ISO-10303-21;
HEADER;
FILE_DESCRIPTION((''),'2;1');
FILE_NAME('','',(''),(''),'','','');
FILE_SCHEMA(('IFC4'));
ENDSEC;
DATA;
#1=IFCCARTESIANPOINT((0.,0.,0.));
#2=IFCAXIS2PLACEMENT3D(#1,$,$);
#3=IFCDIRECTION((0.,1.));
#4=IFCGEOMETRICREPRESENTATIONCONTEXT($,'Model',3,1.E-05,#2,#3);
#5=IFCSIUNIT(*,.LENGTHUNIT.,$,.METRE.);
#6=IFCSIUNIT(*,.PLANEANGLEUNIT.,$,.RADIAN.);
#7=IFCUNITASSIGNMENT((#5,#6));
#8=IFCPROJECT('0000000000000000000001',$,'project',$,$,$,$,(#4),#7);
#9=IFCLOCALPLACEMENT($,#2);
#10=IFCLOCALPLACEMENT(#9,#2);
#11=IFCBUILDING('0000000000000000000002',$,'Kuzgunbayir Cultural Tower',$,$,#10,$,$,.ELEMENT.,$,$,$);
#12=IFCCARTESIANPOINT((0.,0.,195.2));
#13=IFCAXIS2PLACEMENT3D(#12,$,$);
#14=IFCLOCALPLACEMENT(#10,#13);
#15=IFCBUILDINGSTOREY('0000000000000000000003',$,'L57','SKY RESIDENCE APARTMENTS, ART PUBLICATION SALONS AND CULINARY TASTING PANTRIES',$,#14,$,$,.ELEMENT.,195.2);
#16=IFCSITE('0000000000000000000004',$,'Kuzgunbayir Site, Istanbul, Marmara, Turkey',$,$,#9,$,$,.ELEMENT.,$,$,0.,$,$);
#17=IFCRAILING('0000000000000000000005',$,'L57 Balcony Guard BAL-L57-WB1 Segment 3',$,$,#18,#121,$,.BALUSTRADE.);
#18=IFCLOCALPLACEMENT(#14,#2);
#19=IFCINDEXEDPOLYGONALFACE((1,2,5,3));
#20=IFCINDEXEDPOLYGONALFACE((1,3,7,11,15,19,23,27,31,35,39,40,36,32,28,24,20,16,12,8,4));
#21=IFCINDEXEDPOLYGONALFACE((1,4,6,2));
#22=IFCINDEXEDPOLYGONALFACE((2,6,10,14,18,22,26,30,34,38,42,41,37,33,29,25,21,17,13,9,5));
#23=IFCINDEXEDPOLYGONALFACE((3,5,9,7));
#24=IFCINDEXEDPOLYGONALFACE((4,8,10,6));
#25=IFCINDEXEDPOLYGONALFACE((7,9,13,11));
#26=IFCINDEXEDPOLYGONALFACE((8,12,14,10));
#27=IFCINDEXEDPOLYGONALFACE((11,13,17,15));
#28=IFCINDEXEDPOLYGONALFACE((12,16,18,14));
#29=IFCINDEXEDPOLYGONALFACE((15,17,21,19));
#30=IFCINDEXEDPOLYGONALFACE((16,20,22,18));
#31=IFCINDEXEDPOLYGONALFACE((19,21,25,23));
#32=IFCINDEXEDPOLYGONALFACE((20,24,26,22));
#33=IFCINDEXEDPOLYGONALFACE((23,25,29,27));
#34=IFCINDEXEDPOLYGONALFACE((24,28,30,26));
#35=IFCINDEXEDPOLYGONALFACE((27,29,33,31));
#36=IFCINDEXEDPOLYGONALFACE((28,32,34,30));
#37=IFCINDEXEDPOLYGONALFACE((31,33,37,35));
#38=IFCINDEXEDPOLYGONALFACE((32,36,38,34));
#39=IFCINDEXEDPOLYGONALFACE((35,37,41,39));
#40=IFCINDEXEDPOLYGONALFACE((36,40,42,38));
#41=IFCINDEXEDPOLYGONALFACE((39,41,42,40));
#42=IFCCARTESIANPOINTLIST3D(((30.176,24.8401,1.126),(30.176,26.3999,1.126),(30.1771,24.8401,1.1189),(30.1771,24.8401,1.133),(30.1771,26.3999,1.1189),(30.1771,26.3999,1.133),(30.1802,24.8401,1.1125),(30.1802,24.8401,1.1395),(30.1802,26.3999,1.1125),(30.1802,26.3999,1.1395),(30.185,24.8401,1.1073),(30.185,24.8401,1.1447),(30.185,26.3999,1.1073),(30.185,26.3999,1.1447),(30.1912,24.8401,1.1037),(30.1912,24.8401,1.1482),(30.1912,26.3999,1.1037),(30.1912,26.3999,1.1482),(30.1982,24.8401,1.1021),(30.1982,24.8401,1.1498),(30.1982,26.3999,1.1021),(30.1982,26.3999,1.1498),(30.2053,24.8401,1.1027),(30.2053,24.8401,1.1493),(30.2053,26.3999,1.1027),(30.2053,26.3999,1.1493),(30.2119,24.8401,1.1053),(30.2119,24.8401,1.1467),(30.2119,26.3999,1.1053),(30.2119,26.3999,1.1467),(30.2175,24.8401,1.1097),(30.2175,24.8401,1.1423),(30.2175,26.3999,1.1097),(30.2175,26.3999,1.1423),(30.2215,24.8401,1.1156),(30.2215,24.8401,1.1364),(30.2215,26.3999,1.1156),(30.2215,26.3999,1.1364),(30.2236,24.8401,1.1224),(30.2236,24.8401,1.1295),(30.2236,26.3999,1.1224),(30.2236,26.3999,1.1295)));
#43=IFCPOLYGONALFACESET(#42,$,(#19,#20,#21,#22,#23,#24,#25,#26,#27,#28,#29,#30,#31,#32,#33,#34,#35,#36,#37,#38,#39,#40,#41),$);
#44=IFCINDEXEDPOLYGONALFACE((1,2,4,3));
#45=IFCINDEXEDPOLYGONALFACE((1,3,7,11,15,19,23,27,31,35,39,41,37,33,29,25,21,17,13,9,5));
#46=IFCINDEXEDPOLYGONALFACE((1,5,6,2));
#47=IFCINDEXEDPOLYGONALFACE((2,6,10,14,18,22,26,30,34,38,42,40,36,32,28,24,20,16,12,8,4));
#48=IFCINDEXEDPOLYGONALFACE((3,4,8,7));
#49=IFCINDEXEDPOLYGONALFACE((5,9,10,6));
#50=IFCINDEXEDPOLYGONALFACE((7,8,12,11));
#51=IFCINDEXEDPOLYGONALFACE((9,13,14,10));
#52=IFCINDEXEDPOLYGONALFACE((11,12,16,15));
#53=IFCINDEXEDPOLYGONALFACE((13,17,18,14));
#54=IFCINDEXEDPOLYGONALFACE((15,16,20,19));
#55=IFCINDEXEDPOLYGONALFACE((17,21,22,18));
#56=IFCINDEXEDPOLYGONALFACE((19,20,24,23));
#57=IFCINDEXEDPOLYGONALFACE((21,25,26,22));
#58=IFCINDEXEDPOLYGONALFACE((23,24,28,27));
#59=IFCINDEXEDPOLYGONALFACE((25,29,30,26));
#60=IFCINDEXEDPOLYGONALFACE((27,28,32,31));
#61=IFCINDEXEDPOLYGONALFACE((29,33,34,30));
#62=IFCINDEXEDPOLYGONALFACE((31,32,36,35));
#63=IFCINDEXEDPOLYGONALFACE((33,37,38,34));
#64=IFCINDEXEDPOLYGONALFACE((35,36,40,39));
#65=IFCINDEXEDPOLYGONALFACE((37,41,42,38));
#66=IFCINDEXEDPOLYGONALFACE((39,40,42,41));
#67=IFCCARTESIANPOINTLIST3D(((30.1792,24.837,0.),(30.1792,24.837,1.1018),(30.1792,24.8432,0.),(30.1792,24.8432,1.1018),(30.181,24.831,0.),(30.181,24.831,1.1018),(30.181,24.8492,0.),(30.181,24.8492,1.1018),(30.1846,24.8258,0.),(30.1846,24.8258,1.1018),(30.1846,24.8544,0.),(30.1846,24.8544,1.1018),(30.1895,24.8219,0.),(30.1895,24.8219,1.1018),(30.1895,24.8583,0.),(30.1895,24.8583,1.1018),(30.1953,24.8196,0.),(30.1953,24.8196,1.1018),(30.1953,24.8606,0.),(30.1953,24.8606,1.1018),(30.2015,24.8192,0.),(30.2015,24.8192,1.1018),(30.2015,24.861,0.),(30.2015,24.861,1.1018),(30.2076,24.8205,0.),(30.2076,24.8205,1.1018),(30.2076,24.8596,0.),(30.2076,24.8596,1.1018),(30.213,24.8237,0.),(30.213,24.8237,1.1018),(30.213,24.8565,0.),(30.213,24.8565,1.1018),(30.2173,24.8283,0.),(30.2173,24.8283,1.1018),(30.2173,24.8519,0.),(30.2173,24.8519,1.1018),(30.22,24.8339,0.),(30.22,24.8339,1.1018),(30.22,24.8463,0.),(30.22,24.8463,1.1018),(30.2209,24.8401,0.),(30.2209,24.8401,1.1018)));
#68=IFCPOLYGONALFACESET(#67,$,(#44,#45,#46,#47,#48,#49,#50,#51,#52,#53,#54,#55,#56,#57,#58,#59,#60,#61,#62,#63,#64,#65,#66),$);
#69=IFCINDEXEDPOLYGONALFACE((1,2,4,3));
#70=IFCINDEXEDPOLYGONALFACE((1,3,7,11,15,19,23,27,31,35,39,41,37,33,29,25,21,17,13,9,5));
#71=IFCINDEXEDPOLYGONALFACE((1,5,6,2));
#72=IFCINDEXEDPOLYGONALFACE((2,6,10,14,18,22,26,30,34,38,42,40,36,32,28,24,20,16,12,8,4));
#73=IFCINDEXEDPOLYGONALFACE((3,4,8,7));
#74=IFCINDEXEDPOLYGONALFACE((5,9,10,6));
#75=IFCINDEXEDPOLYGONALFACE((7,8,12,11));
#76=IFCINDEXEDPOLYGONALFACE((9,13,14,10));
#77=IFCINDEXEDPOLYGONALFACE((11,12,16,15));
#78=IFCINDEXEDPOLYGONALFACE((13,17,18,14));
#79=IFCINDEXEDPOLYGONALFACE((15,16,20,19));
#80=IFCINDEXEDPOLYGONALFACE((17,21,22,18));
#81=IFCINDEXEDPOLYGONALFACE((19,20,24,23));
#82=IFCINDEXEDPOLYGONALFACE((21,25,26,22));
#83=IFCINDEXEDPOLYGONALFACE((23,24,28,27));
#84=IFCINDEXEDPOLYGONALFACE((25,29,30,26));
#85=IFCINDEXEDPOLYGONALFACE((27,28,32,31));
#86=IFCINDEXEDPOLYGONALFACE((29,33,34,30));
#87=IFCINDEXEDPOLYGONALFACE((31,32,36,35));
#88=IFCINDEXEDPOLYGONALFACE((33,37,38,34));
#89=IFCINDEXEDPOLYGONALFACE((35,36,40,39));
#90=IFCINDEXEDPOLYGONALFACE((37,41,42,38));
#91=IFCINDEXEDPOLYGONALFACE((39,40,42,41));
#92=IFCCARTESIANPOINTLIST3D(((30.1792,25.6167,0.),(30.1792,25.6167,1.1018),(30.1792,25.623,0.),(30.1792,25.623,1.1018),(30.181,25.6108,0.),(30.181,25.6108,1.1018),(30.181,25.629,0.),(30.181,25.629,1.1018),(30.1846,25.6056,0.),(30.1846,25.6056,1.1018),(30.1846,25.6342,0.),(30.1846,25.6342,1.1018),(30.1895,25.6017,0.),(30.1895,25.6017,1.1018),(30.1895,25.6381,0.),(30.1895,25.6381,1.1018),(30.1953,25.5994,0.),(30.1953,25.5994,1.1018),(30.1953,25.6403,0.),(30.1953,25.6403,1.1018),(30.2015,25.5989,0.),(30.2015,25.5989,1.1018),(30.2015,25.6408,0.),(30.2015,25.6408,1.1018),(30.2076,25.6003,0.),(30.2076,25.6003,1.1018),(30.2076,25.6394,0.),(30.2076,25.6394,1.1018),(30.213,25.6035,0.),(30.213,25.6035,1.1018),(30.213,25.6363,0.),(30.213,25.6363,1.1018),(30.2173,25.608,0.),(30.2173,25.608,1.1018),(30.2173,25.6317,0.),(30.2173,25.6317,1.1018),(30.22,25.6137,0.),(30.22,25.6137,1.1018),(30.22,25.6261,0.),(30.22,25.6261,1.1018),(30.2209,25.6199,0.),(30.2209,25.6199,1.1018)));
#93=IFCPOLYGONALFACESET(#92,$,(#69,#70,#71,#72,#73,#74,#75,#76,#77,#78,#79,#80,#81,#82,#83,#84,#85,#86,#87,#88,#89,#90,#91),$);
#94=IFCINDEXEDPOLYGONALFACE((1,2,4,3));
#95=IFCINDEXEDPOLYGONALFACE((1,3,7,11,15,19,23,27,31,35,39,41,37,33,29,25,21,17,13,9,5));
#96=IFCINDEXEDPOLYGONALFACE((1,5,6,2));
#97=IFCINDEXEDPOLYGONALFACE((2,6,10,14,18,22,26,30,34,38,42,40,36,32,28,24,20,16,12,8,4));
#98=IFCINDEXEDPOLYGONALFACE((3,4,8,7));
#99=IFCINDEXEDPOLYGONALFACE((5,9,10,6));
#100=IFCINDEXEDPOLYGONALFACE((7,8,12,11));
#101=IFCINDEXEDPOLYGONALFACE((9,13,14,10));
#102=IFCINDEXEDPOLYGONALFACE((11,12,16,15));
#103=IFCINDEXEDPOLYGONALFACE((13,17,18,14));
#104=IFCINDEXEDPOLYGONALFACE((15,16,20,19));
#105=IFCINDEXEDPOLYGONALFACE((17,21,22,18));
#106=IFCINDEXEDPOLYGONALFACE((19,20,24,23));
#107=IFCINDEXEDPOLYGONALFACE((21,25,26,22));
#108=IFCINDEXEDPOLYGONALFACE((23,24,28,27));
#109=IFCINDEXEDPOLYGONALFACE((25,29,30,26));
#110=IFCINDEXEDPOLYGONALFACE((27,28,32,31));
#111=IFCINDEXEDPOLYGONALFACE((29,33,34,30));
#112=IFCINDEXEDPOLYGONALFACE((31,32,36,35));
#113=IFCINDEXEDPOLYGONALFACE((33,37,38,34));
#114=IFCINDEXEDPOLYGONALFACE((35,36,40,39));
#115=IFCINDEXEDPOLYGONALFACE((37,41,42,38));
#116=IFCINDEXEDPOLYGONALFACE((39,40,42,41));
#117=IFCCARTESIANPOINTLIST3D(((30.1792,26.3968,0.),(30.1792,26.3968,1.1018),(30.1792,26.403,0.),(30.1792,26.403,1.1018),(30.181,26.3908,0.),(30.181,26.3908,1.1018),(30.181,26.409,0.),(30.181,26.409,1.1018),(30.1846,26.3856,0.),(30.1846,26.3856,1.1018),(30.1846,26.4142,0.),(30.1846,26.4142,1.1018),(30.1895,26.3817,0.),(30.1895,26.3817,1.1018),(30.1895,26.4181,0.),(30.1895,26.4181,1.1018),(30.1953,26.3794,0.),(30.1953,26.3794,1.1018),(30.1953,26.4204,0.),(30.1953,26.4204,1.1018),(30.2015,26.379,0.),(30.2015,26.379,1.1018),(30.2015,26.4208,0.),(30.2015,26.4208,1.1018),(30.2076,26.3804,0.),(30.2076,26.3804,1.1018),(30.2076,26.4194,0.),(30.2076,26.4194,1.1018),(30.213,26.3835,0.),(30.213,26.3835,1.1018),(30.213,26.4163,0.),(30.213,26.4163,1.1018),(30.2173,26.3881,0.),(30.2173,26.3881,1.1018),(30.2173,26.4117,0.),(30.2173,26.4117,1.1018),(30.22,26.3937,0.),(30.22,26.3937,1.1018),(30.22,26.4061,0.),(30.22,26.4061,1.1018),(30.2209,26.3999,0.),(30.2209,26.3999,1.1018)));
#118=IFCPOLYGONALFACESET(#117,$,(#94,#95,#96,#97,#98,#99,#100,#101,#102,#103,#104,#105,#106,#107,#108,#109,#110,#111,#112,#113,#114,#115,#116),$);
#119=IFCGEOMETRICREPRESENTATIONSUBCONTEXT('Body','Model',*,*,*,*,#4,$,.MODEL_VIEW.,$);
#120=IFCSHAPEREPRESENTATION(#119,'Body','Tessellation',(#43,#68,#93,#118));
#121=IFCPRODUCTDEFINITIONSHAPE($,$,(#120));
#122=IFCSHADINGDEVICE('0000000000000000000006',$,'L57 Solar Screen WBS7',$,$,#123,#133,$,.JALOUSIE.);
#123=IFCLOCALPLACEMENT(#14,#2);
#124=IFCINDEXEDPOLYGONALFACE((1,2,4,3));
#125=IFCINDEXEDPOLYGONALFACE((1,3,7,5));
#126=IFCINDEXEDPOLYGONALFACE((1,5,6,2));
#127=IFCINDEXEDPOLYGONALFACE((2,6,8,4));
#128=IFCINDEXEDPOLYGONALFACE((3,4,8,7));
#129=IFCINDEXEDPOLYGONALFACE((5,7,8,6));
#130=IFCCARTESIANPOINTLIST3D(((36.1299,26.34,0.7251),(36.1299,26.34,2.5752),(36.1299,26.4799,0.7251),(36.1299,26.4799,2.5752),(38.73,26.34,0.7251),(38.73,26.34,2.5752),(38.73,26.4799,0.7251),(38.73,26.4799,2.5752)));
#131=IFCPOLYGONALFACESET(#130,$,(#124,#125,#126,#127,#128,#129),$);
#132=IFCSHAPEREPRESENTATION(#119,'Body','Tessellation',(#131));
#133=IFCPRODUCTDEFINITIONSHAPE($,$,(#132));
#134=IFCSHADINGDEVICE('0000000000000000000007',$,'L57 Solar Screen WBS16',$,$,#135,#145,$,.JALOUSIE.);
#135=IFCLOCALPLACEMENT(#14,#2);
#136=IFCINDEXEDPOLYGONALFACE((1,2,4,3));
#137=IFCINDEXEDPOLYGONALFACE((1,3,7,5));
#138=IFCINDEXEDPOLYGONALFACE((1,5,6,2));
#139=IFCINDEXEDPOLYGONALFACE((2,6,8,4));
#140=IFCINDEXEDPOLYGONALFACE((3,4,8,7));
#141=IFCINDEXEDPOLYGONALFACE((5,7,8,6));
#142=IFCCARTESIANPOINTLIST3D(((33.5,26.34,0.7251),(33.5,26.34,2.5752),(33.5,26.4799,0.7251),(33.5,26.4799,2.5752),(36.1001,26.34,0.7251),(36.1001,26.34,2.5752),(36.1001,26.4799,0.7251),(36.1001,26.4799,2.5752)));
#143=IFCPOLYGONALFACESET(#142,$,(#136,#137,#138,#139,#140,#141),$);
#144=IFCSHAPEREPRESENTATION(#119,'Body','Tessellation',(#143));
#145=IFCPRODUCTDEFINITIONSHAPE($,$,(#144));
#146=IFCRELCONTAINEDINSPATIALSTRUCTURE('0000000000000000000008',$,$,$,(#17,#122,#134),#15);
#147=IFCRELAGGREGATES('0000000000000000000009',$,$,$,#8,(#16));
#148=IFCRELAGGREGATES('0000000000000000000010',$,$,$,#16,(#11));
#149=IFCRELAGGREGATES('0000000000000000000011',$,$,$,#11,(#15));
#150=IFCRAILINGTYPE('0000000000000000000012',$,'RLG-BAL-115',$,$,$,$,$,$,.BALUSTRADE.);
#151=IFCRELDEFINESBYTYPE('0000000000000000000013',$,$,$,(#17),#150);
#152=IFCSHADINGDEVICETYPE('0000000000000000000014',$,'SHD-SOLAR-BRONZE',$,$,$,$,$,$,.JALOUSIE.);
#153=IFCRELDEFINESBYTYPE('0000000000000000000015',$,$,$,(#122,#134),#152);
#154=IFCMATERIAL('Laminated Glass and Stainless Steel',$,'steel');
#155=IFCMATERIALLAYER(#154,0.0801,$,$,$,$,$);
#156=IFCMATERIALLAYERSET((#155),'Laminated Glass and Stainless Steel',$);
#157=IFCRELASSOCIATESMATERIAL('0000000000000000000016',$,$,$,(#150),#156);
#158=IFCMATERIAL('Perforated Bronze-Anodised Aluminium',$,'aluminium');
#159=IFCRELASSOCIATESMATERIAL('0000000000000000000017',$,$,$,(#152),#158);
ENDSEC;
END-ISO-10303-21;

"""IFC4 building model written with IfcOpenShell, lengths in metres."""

from ifc_helpers import new_model, si_unit, direction, frame, origin, origin_2d, place, context, subcontext, project, spatial, rectangle, circle, extrude, material, layer, layer_set, type_object, element, save


model = new_model("IFC4")

# Units and contexts
model_context = context("Model", 3, precision=1e-05, world=origin(), true_north=direction((0.0, 1.0)))
body_context = subcontext(model_context, "Body", "Model", "MODEL_VIEW")
ifc_project = project(units=[si_unit("LENGTHUNIT", "METRE"), si_unit("PLANEANGLEUNIT", "RADIAN")], contexts=[model_context])

# Site, building, storey
site_placement = place(None, origin())
site = spatial("IfcSite", under=ifc_project, at=site_placement, Name="Kuzgunbayir Site, Istanbul, Marmara, Turkey", CompositionType="ELEMENT", RefElevation=0.0)
building_placement = place(site_placement, origin())
building = spatial("IfcBuilding", under=site, at=building_placement, Name="Kuzgunbayir Cultural Tower", CompositionType="ELEMENT")
storey_placement = place(building_placement, frame((0.0, 0.0, 195.2)))
storey = spatial("IfcBuildingStorey", under=building, at=storey_placement, Name="L57", Description="SKY RESIDENCE APARTMENTS, ART PUBLICATION SALONS AND CULINARY TASTING PANTRIES", CompositionType="ELEMENT", Elevation=195.2)

# Railing
ifc_material_1 = material(Name="Laminated Glass and Stainless Steel", Category="steel")
ifc_layer_1 = layer(ifc_material_1, 0.0801)
ifc_layer_set_1 = layer_set([ifc_layer_1], Name="Laminated Glass and Stainless Steel")
railing_type = type_object("IfcRailingType", Name="RLG-BAL-115", PredefinedType="BALUSTRADE", material=ifc_layer_set_1)
railing_1_placement = place(storey_placement, frame((30.2, 24.8401, 0.0)))
element("IfcRailing", 1, at=railing_1_placement, inside=storey, type_object=railing_type, Name="L57 Balcony Guard BAL-L57-WB1 Segment 3", PredefinedType="BALUSTRADE", context=body_context, shape_type="SweptSolid", body=[
    extrude(circle(Radius=0.0239, at=origin_2d()), frame((0.0, 0.0, 1.126), z_axis=(0.0, 1.0, 0.0), x_axis=(-1.0, 0.0, 0.0)), (0.0, 0.0, 1.0), 1.5598),
    extrude(circle(Radius=0.021, at=origin_2d()), origin(), (0.0, 0.0, 1.0), 1.1018),
    extrude(circle(Radius=0.021, at=origin_2d()), frame((0.0, 0.7798, 0.0)), (0.0, 0.0, 1.0), 1.1018),
    extrude(circle(Radius=0.021, at=origin_2d()), frame((0.0, 1.5598, 0.0)), (0.0, 0.0, 1.0), 1.1018),
])

# Shading devices
ifc_material_2 = material(Name="Perforated Bronze-Anodised Aluminium", Category="aluminium")
shading_device_type = type_object("IfcShadingDeviceType", Name="SHD-SOLAR-BRONZE", PredefinedType="JALOUSIE", material=ifc_material_2)
for number, where, z_axis, x_axis, name in (
    (2, (37.4299, 26.4099, 0.7251), (0.0, 0.0, 1.0), (1.0, 0.0, 0.0), "L57 Solar Screen WBS7"),
    (3, (34.8, 26.4099, 0.7251), (0.0, 0.0, 1.0), (1.0, 0.0, 0.0), "L57 Solar Screen WBS16"),
):
    element("IfcShadingDevice", number, at=place(storey_placement, frame(where, z_axis=z_axis, x_axis=x_axis)), inside=storey, type_object=shading_device_type, Name=name, PredefinedType="JALOUSIE", context=body_context, shape_type="SweptSolid", body=[
        extrude(rectangle(XDim=2.6001, YDim=0.1399, at=origin_2d()), origin(), (0.0, 0.0, 1.0), 1.8501),
    ])

save(model, "model.ifc")
